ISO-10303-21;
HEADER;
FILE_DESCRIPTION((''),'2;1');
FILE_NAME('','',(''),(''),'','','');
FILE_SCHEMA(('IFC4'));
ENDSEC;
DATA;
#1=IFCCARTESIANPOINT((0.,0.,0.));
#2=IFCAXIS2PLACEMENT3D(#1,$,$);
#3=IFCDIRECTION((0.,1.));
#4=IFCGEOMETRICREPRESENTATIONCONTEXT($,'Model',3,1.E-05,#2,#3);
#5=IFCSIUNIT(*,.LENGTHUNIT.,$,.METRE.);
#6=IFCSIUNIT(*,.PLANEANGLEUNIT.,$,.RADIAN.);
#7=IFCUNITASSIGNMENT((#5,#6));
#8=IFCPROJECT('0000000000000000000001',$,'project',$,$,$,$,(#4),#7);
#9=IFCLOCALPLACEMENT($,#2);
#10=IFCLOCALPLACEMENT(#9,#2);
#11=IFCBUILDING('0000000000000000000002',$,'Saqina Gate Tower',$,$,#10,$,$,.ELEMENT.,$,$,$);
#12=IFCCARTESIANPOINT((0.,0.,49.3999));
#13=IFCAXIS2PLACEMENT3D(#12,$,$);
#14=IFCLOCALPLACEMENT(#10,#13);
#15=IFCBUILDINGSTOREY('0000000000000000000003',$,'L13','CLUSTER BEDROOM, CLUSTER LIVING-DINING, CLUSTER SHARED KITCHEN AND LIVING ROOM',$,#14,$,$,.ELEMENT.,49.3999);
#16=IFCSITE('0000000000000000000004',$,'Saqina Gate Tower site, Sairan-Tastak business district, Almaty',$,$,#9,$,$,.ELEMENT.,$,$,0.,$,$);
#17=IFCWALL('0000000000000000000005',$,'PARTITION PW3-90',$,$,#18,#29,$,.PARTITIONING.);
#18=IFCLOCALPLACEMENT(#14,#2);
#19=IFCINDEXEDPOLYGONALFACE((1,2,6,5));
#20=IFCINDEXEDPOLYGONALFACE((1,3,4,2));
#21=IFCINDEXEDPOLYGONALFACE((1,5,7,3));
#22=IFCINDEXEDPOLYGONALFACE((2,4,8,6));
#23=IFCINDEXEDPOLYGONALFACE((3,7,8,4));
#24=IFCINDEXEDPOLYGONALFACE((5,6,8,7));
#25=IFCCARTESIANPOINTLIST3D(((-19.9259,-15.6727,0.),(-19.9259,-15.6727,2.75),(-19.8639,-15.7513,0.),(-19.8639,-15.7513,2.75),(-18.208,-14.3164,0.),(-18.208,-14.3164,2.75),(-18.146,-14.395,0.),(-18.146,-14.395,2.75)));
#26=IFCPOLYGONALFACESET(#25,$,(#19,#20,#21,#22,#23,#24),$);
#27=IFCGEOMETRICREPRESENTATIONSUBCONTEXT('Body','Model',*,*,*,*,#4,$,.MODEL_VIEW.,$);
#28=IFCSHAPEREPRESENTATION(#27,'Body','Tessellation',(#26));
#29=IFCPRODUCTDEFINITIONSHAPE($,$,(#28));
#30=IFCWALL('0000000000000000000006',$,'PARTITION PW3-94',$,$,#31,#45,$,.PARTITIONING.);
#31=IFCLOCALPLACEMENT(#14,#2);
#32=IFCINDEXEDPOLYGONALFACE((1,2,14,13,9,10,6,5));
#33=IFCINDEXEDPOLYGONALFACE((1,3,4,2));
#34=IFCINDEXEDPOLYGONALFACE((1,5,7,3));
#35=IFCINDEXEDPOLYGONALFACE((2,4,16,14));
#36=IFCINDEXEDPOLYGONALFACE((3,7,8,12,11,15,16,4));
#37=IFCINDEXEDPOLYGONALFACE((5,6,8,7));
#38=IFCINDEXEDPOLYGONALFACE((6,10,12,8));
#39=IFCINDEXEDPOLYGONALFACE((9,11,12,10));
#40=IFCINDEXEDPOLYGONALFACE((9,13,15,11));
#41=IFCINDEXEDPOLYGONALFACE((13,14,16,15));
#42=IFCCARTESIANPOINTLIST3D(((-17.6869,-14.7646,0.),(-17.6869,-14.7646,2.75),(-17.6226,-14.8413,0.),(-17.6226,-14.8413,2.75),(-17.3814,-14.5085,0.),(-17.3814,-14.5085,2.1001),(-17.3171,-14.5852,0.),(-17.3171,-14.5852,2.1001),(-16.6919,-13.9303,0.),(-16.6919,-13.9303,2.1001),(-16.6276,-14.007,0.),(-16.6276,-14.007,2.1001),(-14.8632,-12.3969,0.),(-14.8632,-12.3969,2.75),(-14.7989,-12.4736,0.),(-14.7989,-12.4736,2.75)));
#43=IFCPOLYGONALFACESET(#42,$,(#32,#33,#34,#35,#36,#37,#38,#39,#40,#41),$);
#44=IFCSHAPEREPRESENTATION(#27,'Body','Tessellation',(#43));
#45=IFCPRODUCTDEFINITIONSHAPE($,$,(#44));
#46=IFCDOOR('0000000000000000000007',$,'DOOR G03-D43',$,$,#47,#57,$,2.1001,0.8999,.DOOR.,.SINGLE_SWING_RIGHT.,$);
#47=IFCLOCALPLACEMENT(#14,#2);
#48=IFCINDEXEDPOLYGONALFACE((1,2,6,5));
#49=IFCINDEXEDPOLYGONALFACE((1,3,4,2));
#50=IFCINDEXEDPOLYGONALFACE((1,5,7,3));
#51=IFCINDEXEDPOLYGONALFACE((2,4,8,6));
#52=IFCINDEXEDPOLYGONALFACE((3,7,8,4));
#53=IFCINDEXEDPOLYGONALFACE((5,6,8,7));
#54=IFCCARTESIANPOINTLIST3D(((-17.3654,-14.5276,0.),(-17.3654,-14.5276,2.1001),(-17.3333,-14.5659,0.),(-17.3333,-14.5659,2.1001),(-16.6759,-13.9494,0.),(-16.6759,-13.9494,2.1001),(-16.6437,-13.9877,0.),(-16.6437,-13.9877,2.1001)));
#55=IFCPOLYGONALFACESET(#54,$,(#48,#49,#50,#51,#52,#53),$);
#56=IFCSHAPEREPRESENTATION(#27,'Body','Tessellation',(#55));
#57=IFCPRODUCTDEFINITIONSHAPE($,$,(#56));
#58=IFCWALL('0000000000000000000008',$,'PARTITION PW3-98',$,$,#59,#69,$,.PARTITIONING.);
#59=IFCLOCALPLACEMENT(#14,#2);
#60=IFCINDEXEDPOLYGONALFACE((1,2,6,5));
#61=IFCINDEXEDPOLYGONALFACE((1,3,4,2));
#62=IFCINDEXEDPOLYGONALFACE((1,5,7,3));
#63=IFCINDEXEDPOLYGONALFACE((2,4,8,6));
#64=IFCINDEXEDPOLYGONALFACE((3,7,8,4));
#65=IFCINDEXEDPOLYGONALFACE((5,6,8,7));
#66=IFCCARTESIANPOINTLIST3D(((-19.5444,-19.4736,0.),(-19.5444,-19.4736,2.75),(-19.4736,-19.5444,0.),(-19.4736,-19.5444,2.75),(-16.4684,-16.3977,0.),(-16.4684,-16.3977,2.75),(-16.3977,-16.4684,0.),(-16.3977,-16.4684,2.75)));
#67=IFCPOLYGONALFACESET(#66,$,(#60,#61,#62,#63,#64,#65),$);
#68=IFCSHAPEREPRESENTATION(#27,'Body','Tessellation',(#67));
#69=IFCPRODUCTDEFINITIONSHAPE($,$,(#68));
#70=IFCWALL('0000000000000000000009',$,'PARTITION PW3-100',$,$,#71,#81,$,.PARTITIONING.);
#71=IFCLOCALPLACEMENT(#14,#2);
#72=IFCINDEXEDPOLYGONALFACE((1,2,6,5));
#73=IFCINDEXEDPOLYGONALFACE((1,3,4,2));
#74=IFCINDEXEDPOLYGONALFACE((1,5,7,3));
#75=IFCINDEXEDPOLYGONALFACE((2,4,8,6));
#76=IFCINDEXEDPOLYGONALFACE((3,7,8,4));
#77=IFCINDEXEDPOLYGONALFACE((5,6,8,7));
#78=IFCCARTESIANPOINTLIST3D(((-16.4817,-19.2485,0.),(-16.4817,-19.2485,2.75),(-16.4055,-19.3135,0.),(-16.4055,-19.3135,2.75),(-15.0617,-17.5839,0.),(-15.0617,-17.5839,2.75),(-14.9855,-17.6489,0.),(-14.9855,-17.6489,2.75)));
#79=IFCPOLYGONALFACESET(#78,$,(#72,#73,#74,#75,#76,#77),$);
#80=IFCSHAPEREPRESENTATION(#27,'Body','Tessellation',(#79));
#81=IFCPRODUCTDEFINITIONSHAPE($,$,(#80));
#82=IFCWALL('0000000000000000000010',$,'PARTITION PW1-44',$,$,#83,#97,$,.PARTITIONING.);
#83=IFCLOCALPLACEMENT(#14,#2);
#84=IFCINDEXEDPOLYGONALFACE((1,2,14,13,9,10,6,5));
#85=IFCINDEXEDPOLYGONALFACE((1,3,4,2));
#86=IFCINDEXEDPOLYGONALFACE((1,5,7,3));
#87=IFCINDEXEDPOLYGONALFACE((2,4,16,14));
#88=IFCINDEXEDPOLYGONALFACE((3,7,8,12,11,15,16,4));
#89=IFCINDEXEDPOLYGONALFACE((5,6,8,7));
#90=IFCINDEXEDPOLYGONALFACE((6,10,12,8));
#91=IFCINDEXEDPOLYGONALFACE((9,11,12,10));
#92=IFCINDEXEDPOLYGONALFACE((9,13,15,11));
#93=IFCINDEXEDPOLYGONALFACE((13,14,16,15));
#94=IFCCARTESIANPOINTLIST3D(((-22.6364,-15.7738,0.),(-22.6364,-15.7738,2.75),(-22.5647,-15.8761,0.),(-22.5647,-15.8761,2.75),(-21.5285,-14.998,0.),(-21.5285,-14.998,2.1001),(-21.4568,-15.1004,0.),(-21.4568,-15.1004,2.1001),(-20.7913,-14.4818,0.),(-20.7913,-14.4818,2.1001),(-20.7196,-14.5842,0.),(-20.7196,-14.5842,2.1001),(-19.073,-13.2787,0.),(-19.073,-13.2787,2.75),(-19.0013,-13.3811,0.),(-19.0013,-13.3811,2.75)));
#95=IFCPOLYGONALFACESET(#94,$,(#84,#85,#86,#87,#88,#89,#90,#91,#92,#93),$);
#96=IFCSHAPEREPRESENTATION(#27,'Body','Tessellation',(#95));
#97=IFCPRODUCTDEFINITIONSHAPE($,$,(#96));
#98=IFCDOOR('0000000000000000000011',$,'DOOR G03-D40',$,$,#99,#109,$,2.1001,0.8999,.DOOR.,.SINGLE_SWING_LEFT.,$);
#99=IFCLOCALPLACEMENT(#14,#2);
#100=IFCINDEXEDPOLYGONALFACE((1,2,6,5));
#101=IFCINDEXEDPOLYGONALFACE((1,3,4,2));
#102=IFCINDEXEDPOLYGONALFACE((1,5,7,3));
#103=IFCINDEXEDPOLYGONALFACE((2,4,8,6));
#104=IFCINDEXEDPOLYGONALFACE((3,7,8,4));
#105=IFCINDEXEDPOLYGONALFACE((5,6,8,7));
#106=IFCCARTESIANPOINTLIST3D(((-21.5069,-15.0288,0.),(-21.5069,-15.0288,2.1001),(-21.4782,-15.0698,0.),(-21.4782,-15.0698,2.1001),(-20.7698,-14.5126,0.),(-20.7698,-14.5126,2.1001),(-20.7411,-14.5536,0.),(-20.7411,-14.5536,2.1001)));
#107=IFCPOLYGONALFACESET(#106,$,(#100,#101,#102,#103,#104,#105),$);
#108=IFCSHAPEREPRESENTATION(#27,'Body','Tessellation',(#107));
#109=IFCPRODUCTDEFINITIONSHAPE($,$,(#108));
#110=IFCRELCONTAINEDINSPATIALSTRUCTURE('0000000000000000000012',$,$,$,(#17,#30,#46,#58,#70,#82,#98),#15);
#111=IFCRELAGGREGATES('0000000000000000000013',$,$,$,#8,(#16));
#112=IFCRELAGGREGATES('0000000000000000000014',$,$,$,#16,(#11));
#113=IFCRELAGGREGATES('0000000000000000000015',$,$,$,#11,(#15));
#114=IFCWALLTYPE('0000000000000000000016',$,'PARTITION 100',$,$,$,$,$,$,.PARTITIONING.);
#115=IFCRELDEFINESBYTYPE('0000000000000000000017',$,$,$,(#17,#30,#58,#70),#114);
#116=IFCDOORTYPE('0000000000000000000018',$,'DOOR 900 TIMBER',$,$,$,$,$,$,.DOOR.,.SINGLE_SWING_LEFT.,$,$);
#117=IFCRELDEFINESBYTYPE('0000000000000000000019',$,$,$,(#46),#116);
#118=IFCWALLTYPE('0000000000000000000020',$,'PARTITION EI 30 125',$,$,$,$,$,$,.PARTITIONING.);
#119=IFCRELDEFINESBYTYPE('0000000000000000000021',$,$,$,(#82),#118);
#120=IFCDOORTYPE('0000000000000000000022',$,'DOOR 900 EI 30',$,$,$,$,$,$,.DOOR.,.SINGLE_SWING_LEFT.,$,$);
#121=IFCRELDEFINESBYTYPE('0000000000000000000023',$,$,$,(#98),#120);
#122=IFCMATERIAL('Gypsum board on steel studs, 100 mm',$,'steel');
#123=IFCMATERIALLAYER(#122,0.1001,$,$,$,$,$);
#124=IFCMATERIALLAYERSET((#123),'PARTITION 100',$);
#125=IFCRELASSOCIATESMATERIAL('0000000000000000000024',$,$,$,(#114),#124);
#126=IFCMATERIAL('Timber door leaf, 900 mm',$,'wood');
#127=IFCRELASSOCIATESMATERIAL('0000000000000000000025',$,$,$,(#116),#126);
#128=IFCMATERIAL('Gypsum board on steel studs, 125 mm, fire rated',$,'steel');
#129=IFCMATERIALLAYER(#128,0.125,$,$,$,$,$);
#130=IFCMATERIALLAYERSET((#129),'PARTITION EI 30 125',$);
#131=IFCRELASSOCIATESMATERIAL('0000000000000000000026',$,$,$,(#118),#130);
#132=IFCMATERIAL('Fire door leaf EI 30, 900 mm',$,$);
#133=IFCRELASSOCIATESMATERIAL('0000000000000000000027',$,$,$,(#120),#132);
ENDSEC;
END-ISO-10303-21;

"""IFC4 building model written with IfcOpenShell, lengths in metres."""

from ifc_helpers import new_model, si_unit, direction, frame, frame_2d, origin, place, context, subcontext, project, spatial, rectangle, extrude, material, layer, layer_set, type_object, element, fill, save


model = new_model("IFC4")

# Units and contexts
model_context = context("Model", 3, precision=1e-05, world=origin(), true_north=direction((0.0, 1.0)))
body_context = subcontext(model_context, "Body", "Model", "MODEL_VIEW")
ifc_project = project(units=[si_unit("LENGTHUNIT", "METRE"), si_unit("PLANEANGLEUNIT", "RADIAN")], contexts=[model_context])

# Site, building, storey
site_placement = place(None, origin())
site = spatial("IfcSite", under=ifc_project, at=site_placement, Name="Saqina Gate Tower site, Sairan-Tastak business district, Almaty", CompositionType="ELEMENT", RefElevation=0.0)
building_placement = place(site_placement, origin())
building = spatial("IfcBuilding", under=site, at=building_placement, Name="Saqina Gate Tower", CompositionType="ELEMENT")
storey_placement = place(building_placement, frame((0.0, 0.0, 49.3999)))
storey = spatial("IfcBuildingStorey", under=building, at=storey_placement, Name="L13", Description="CLUSTER BEDROOM, CLUSTER LIVING-DINING, CLUSTER SHARED KITCHEN AND LIVING ROOM", CompositionType="ELEMENT", Elevation=49.3999)

# Shared definitions
ifc_material_1 = material(Name="Gypsum board on steel studs, 100 mm", Category="steel")
ifc_layer_1 = layer(ifc_material_1, 0.1001)
ifc_layer_set_1 = layer_set([ifc_layer_1], Name="PARTITION 100")
wall_type_1 = type_object("IfcWallType", Name="PARTITION 100", PredefinedType="PARTITIONING", material=ifc_layer_set_1)

# Wall
wall_1_placement = place(storey_placement, frame((-19.8948, -15.7119, 0.0), z_axis=(0.0, 0.0, 1.0), x_axis=(0.784868, 0.619662, 0.0)))
element("IfcWall", 1, at=wall_1_placement, inside=storey, type_object=wall_type_1, Name="PARTITION PW3-90", PredefinedType="PARTITIONING", context=body_context, shape_type="SweptSolid", body=[
    extrude(rectangle(XDim=2.1887, YDim=0.1001, at=frame_2d((1.0942, 0.0))), origin(), (0.0, 0.0, 1.0), 2.75),
])

# Wall, opening, door
wall_2_placement = place(storey_placement, frame((-17.6548, -14.803, 0.0), z_axis=(0.0, 0.0, 1.0), x_axis=(0.766274, 0.642514, 0.0)))
wall_2 = element("IfcWall", 2, at=wall_2_placement, inside=storey, type_object=wall_type_1, Name="PARTITION PW3-94", PredefinedType="PARTITIONING", context=body_context, shape_type="SweptSolid", body=[
    extrude(rectangle(XDim=3.6851, YDim=0.1001, at=frame_2d((1.8425, 0.0))), origin(), (0.0, 0.0, 1.0), 2.75),
])
opening_1_placement = place(wall_2_placement, frame((0.3987, 0.0, 0.0)))
opening_1 = element("IfcOpeningElement", 3, at=opening_1_placement, cuts=wall_2, PredefinedType="OPENING", context=body_context, shape_type="SweptSolid", body=[
    extrude(rectangle(XDim=0.8999, YDim=2.1001, at=frame_2d((0.45, 1.05))), frame((0.0, 0.062, 0.0), z_axis=(0.0, -1.0, 0.0), x_axis=(1.0, 0.0, 0.0)), (0.0, 0.0, 1.0), 0.124),
])
ifc_material_2 = material(Name="Timber door leaf, 900 mm", Category="wood")
door_type_1 = type_object("IfcDoorType", Name="DOOR 900 TIMBER", OperationType="SINGLE_SWING_LEFT", PredefinedType="DOOR", material=ifc_material_2)
door_1_placement = place(opening_1_placement, frame((0.8999, 0.0, 0.0), z_axis=(0.0, 0.0, 1.0), x_axis=(-1.0, 0.0, 0.0)))
door_1 = element("IfcDoor", 4, at=door_1_placement, inside=storey, type_object=door_type_1, Name="DOOR G03-D43", OperationType="SINGLE_SWING_RIGHT", OverallHeight=2.1001, OverallWidth=0.8999, PredefinedType="DOOR", context=body_context, shape_type="SweptSolid", body=[
    extrude(rectangle(XDim=0.8999, YDim=2.1001, at=frame_2d((0.45, 1.05))), frame((0.0, 0.0249, 0.0), z_axis=(0.0, -1.0, 0.0), x_axis=(1.0, 0.0, 0.0)), (0.0, 0.0, 1.0), 0.05),
])
fill(opening_1, door_1)

# Walls
wall_3_placement = place(storey_placement, frame((-19.509, -19.509, 0.0), z_axis=(0.0, 0.0, 1.0), x_axis=(0.707107, 0.707107, 0.0)))
element("IfcWall", 5, at=wall_3_placement, inside=storey, type_object=wall_type_1, Name="PARTITION PW3-98", PredefinedType="PARTITIONING", context=body_context, shape_type="SweptSolid", body=[
    extrude(rectangle(XDim=4.3501, YDim=0.1001, at=frame_2d((2.175, 0.0))), origin(), (0.0, 0.0, 1.0), 2.75),
])
wall_4_placement = place(storey_placement, frame((-16.4436, -19.281, 0.0), z_axis=(0.0, 0.0, 1.0), x_axis=(0.648988, 0.760798, 0.0)))
element("IfcWall", 6, at=wall_4_placement, inside=storey, type_object=wall_type_1, Name="PARTITION PW3-100", PredefinedType="PARTITIONING", context=body_context, shape_type="SweptSolid", body=[
    extrude(rectangle(XDim=2.188, YDim=0.1001, at=frame_2d((1.094, 0.0))), origin(), (0.0, 0.0, 1.0), 2.75),
])

# Wall, opening, door
ifc_material_3 = material(Name="Gypsum board on steel studs, 125 mm, fire rated", Category="steel")
ifc_layer_2 = layer(ifc_material_3, 0.125)
ifc_layer_set_2 = layer_set([ifc_layer_2], Name="PARTITION EI 30 125")
wall_type_2 = type_object("IfcWallType", Name="PARTITION EI 30 125", PredefinedType="PARTITIONING", material=ifc_layer_set_2)
wall_5_placement = place(storey_placement, frame((-22.6006, -15.825, 0.0), z_axis=(0.0, 0.0, 1.0), x_axis=(0.819158, 0.573568, 0.0)))
wall_5 = element("IfcWall", 7, at=wall_5_placement, inside=storey, type_object=wall_type_2, Name="PARTITION PW1-44", PredefinedType="PARTITIONING", context=body_context, shape_type="SweptSolid", body=[
    extrude(rectangle(XDim=4.3501, YDim=0.125, at=frame_2d((2.175, 0.0))), origin(), (0.0, 0.0, 1.0), 2.75),
])
opening_2_placement = place(wall_5_placement, frame((1.3525, 0.0, 0.0)))
opening_2 = element("IfcOpeningElement", 8, at=opening_2_placement, cuts=wall_5, PredefinedType="OPENING", context=body_context, shape_type="SweptSolid", body=[
    extrude(rectangle(XDim=0.8999, YDim=2.1001, at=frame_2d((0.45, 1.05))), frame((0.0, 0.0745, 0.0), z_axis=(0.0, -1.0, 0.0), x_axis=(1.0, 0.0, 0.0)), (0.0, 0.0, 1.0), 0.1489),
])
ifc_material_4 = material(Name="Fire door leaf EI 30, 900 mm")
door_type_2 = type_object("IfcDoorType", Name="DOOR 900 EI 30", OperationType="SINGLE_SWING_LEFT", PredefinedType="DOOR", material=ifc_material_4)
door_2_placement = place(opening_2_placement, origin())
door_2 = element("IfcDoor", 9, at=door_2_placement, inside=storey, type_object=door_type_2, Name="DOOR G03-D40", OperationType="SINGLE_SWING_LEFT", OverallHeight=2.1001, OverallWidth=0.8999, PredefinedType="DOOR", context=body_context, shape_type="SweptSolid", body=[
    extrude(rectangle(XDim=0.8999, YDim=2.1001, at=frame_2d((0.45, 1.05))), frame((0.0, 0.0249, 0.0), z_axis=(0.0, -1.0, 0.0), x_axis=(1.0, 0.0, 0.0)), (0.0, 0.0, 1.0), 0.05),
])
fill(opening_2, door_2)

save(model, "model.ifc")
